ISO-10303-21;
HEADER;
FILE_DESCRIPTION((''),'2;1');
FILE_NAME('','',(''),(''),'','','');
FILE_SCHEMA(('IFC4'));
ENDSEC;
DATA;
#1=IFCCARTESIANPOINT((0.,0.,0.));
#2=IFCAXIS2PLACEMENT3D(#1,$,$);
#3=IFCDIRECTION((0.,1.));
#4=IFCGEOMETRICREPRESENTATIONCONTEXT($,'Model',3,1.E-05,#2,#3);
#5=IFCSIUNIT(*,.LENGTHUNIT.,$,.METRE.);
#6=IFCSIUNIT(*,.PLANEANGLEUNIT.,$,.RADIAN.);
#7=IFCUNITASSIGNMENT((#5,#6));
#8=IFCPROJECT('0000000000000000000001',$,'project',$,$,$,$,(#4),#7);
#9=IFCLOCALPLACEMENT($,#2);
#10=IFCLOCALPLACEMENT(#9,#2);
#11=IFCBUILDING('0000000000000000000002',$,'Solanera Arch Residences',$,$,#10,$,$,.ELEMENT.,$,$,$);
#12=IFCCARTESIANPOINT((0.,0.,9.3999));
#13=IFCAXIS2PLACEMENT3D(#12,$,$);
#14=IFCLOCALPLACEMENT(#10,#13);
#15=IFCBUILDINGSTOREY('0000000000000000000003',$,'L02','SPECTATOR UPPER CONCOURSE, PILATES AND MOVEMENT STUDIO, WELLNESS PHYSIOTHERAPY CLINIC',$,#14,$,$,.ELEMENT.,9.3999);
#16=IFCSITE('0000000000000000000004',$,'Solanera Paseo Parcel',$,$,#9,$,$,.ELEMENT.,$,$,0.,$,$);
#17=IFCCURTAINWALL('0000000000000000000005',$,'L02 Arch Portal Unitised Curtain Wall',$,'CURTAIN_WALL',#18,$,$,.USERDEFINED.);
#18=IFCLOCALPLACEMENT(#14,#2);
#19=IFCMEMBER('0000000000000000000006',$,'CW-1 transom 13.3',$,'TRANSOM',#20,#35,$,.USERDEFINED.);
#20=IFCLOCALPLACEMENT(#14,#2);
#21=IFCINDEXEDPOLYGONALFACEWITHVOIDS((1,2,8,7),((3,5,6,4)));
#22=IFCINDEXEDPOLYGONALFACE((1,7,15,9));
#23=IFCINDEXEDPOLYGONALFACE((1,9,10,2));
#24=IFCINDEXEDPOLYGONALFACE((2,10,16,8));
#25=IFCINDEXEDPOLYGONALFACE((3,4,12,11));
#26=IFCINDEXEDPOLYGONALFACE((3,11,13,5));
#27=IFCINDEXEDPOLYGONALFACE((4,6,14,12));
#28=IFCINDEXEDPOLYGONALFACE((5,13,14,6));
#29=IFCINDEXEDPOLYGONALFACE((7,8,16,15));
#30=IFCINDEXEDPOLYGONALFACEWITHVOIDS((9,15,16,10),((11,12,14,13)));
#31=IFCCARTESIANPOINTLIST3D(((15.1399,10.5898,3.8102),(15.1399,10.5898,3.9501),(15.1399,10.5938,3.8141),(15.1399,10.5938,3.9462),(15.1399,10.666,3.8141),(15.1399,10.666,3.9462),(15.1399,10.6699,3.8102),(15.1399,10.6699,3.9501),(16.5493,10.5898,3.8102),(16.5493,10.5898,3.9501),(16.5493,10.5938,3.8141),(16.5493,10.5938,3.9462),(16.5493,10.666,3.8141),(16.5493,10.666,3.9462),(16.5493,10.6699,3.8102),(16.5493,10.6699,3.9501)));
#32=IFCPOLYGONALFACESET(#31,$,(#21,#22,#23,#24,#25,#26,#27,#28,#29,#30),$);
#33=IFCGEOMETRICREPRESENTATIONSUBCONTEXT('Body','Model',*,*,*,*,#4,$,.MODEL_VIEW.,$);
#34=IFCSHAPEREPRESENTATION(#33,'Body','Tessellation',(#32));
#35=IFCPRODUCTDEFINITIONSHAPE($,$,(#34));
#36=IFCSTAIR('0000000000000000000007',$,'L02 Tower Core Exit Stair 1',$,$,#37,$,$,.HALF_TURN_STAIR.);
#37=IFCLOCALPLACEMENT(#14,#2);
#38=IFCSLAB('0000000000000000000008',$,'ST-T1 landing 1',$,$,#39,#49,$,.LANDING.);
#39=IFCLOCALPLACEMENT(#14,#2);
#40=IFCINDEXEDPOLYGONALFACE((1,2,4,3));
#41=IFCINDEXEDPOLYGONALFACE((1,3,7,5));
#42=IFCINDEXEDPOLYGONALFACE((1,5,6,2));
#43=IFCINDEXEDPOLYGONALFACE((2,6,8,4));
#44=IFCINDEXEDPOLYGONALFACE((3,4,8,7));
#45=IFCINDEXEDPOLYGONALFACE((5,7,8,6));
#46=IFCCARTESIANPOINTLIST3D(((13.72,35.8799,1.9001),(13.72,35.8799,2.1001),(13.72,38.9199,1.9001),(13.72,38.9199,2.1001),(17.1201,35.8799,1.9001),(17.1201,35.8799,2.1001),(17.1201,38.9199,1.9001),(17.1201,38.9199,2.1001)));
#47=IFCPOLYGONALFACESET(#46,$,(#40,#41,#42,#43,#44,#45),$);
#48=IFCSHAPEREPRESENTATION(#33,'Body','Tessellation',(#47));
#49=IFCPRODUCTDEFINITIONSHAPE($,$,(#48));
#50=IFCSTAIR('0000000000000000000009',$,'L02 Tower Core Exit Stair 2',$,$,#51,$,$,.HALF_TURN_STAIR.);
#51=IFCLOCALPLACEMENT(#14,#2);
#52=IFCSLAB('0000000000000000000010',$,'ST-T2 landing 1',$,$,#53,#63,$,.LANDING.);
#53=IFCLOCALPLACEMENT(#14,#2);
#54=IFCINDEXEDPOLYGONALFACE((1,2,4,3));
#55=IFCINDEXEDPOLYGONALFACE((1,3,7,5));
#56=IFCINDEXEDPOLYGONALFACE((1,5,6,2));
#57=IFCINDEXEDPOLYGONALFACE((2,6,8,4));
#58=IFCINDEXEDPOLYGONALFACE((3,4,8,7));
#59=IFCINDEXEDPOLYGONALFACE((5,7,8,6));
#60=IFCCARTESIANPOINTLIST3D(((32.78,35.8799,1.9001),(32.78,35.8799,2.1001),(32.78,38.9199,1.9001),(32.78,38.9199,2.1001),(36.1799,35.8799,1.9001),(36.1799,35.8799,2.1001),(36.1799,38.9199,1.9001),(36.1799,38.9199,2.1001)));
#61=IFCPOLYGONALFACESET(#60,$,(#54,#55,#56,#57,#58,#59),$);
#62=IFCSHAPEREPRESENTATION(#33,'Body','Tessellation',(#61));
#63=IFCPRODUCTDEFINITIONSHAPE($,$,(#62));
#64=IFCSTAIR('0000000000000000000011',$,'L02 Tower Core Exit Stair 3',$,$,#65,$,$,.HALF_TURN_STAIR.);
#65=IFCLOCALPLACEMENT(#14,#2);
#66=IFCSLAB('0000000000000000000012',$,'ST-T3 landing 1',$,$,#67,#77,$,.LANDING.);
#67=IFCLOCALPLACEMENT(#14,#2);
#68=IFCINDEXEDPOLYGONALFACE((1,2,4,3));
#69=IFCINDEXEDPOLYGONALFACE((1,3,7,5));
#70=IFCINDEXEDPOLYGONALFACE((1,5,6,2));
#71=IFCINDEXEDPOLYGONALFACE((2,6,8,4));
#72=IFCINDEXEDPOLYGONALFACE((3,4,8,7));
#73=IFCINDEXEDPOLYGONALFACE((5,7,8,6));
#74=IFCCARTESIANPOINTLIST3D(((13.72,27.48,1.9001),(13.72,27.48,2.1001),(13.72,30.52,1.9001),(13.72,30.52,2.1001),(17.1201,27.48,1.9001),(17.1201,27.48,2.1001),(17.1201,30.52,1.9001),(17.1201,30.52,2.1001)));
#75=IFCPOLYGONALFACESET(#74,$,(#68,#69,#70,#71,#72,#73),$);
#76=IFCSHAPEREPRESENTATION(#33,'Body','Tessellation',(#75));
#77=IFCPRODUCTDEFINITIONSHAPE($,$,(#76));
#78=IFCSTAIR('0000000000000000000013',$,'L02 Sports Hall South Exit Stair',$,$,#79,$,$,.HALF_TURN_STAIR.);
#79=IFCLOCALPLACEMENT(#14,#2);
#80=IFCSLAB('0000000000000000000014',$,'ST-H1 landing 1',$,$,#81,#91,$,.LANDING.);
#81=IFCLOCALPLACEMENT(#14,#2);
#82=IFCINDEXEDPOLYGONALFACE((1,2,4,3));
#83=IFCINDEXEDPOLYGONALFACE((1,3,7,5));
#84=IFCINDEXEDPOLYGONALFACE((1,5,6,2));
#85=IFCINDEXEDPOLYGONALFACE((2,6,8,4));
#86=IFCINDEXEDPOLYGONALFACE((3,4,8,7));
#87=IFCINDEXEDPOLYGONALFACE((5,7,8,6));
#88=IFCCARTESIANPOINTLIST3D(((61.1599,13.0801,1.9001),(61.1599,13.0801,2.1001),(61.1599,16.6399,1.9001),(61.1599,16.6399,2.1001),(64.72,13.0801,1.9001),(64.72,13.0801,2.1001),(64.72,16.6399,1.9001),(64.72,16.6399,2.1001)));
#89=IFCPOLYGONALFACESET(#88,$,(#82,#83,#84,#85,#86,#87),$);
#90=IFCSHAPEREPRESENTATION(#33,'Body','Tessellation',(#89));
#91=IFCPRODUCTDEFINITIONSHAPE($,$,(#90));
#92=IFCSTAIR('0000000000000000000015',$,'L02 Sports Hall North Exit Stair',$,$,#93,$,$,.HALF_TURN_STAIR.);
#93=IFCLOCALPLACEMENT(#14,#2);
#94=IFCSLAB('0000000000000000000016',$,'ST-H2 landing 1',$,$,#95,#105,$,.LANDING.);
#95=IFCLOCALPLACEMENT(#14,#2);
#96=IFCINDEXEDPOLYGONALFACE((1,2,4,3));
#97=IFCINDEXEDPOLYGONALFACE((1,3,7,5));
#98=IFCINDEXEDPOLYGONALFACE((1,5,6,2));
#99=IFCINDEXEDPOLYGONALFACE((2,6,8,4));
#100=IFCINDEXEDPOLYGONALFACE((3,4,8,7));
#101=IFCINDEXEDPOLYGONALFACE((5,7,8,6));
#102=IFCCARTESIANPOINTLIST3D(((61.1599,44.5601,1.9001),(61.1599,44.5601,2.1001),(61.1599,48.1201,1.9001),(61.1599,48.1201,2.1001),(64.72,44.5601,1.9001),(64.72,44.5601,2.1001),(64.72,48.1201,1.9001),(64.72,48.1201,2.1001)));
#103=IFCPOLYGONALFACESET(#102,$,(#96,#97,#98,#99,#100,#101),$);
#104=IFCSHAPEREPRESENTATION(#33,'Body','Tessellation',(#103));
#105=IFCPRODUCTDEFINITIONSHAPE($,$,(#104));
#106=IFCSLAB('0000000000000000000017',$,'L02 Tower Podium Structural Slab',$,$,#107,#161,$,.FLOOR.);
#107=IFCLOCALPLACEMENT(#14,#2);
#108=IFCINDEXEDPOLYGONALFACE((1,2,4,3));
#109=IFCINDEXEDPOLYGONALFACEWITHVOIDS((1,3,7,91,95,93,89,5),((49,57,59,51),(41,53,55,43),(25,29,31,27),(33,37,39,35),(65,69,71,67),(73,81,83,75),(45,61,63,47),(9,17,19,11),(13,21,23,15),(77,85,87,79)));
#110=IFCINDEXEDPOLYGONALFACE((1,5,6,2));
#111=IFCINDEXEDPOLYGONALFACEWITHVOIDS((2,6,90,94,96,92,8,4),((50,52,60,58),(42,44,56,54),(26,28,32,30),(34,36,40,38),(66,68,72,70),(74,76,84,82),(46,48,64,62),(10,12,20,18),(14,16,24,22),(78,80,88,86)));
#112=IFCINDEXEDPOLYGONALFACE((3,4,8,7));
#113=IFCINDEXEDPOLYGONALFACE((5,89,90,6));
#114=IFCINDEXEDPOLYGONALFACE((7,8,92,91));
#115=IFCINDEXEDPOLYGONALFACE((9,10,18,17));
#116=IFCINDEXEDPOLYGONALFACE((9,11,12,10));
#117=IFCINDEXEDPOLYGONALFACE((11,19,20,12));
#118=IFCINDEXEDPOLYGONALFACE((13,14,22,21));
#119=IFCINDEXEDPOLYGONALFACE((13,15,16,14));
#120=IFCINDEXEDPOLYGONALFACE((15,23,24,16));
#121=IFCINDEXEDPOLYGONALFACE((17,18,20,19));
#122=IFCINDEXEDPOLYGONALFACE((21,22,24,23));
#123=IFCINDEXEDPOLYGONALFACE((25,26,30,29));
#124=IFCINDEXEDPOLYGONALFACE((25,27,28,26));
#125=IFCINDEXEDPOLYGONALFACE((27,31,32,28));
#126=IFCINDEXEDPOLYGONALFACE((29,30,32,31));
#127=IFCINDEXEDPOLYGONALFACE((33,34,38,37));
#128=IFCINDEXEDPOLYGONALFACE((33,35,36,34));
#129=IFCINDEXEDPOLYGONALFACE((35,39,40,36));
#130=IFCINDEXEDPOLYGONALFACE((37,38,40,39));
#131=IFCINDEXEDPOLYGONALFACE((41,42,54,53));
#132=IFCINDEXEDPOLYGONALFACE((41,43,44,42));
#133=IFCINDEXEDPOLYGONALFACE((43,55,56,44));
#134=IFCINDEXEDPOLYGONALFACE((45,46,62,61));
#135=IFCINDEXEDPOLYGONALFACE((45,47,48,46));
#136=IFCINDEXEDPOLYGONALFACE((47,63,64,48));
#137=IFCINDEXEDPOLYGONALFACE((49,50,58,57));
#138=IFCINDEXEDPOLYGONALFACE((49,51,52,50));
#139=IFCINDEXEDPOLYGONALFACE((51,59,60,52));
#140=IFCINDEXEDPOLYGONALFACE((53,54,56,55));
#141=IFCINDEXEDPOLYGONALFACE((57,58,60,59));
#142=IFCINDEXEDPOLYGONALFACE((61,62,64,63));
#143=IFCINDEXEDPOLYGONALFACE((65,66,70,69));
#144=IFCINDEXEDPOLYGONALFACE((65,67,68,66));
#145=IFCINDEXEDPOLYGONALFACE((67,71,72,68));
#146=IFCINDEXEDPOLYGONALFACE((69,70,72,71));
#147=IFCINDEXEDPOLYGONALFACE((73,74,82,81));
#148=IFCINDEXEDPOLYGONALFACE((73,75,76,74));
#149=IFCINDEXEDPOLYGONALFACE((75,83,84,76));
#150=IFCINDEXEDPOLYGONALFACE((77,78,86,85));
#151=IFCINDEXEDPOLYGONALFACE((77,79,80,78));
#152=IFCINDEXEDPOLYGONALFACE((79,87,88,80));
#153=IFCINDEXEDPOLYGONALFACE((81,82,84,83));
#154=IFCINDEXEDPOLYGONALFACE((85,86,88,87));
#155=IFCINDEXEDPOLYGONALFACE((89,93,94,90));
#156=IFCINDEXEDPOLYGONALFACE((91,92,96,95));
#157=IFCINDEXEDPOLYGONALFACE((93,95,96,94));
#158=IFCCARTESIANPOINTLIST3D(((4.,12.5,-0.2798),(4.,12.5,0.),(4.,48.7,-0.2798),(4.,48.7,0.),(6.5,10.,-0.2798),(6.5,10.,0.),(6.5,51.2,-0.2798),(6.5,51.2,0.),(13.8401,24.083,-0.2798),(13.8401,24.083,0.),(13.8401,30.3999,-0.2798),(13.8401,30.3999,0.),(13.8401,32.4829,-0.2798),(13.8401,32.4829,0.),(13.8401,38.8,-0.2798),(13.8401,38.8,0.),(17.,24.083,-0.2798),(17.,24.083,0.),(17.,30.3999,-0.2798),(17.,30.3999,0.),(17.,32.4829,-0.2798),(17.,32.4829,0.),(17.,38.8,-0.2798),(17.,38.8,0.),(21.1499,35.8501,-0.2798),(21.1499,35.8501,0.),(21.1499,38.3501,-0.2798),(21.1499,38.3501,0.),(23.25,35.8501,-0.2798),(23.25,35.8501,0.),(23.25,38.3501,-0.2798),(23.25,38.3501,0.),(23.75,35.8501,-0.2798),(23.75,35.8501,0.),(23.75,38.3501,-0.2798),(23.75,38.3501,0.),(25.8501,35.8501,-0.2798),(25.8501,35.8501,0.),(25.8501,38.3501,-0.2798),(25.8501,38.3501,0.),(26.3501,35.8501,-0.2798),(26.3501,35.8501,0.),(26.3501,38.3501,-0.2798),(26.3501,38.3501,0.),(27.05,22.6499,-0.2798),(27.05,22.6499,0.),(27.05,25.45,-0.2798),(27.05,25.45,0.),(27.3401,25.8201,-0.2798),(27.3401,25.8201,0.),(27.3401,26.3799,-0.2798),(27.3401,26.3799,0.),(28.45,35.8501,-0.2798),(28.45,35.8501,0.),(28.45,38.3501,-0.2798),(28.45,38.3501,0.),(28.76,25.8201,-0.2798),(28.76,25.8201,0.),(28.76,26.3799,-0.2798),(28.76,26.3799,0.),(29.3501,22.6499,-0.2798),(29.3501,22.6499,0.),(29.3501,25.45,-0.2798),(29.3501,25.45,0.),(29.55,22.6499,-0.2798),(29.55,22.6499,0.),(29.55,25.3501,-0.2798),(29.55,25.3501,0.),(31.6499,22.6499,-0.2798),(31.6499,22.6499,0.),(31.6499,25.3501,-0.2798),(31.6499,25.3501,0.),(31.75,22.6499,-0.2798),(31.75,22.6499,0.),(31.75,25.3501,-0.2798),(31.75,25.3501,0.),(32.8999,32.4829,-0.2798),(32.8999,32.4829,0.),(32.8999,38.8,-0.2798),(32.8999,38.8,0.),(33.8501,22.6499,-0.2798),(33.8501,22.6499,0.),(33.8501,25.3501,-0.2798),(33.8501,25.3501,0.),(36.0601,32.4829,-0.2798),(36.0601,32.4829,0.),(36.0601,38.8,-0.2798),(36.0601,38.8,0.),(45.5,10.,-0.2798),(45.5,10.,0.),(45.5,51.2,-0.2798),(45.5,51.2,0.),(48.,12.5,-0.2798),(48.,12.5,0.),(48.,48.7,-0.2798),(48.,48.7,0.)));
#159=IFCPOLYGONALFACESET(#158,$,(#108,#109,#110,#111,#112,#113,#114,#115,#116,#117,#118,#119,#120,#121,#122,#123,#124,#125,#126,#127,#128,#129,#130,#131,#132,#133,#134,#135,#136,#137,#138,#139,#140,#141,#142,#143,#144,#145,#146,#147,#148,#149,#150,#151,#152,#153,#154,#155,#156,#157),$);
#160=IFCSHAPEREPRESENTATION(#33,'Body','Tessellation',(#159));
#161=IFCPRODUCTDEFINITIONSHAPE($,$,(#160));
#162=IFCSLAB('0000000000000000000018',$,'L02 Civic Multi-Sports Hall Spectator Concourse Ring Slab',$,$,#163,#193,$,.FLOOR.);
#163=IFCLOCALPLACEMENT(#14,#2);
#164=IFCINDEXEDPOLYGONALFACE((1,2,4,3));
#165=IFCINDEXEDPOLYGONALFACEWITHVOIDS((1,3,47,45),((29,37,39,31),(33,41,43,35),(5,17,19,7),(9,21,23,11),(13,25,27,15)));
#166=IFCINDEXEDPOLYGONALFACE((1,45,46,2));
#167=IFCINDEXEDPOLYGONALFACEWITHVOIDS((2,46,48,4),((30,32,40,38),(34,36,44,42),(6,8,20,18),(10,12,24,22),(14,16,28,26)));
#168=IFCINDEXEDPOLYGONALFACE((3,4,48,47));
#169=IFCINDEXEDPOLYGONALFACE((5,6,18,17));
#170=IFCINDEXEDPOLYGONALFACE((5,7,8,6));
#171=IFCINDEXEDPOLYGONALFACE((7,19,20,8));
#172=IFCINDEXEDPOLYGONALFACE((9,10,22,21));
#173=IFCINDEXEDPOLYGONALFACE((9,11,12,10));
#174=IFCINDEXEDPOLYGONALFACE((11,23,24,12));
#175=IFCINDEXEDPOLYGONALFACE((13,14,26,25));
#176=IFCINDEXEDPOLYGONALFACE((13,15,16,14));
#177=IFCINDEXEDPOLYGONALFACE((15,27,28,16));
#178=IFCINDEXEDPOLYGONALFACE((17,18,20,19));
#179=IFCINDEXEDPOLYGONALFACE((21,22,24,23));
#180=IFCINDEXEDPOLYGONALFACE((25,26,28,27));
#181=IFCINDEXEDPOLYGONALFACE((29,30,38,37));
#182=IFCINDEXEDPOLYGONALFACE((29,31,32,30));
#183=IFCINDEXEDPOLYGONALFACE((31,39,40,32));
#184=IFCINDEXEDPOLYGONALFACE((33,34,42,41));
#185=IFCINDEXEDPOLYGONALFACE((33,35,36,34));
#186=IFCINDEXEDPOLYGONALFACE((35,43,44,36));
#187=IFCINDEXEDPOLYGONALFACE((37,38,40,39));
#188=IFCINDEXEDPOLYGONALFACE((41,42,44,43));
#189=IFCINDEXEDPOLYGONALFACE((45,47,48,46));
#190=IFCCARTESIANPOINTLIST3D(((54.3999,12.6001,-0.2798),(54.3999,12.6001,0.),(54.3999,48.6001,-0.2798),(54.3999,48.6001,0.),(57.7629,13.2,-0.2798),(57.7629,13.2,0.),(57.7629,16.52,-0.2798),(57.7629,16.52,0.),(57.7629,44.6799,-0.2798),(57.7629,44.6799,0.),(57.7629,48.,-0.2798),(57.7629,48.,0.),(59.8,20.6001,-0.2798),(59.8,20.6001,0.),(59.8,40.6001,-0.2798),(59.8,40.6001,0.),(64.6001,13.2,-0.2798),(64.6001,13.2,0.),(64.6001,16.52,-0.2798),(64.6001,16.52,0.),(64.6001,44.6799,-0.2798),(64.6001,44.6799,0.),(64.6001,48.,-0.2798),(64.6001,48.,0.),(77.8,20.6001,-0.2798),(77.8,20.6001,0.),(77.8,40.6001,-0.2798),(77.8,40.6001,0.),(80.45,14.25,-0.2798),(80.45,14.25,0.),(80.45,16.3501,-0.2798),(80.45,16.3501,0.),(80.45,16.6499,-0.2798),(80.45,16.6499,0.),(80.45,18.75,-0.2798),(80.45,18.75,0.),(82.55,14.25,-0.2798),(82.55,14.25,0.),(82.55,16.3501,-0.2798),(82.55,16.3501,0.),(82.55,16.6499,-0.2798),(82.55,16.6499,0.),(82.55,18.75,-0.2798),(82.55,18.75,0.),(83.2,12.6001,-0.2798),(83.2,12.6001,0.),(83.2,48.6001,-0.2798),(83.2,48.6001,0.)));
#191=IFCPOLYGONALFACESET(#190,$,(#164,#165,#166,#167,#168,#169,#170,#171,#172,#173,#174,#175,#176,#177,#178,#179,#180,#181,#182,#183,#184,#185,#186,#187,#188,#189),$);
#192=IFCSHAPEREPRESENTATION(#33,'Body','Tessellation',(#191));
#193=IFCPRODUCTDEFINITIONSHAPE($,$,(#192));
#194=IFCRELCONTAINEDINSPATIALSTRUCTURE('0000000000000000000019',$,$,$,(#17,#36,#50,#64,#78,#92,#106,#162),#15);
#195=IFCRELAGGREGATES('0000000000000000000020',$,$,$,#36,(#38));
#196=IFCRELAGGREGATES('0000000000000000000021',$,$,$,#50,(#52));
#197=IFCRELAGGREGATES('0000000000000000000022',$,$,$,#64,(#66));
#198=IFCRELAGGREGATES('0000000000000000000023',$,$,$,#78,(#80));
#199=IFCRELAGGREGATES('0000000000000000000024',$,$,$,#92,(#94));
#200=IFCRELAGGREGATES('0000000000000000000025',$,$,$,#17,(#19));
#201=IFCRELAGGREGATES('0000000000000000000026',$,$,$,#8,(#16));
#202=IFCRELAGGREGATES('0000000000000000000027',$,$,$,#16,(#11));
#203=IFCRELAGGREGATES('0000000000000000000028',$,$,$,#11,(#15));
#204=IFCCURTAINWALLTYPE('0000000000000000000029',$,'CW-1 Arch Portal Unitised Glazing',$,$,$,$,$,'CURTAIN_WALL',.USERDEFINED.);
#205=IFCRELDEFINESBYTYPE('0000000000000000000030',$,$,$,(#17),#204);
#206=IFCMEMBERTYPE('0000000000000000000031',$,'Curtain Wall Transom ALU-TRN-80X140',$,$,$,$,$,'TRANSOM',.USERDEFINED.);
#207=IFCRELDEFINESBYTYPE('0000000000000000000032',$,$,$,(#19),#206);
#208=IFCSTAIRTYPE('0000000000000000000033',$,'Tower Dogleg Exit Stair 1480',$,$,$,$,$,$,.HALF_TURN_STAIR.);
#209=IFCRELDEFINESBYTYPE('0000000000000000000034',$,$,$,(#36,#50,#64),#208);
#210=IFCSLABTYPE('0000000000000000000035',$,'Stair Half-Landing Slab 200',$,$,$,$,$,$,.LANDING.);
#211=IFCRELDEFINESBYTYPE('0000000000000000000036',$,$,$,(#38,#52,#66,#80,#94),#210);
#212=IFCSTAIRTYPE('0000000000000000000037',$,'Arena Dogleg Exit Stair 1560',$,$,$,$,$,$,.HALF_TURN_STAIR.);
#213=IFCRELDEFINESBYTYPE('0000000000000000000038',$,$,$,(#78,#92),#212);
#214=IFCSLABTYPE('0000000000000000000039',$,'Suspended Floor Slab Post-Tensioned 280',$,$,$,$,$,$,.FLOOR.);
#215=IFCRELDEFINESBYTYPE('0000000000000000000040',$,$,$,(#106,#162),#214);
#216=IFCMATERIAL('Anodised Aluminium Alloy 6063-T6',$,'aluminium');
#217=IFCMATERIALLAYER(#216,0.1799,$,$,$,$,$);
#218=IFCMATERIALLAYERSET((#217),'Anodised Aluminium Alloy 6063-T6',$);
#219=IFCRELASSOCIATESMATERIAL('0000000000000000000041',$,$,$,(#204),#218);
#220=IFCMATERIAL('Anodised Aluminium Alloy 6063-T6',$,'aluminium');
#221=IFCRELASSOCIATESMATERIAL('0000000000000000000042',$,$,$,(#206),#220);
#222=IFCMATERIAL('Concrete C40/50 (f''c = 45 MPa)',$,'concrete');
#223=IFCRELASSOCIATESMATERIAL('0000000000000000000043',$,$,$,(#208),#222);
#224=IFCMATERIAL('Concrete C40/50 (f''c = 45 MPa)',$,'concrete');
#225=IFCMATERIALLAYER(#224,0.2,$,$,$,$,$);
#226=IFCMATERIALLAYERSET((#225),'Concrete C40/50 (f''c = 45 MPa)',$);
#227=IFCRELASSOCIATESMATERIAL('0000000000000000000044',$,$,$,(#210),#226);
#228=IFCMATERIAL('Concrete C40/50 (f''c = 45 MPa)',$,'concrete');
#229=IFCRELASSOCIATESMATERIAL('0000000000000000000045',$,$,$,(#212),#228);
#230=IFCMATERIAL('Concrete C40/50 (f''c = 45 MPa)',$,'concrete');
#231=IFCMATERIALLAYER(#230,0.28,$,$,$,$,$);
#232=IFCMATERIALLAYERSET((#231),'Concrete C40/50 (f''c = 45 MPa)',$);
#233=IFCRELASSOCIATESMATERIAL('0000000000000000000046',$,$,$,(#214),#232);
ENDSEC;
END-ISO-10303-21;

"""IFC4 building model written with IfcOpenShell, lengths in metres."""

from ifc_helpers import new_model, si_unit, direction, frame, origin, origin_2d, place, context, subcontext, project, spatial, polyline, hollow_rectangle, outline, extrude, material, layer, layer_set, material_profile, profile_set, type_object, element, aggregate, save


model = new_model("IFC4")

# Units and contexts
model_context = context("Model", 3, precision=1e-05, world=origin(), true_north=direction((0.0, 1.0)))
body_context = subcontext(model_context, "Body", "Model", "MODEL_VIEW")
ifc_project = project(units=[si_unit("LENGTHUNIT", "METRE"), si_unit("PLANEANGLEUNIT", "RADIAN")], contexts=[model_context])

# Site, building, storey
site_placement = place(None, origin())
site = spatial("IfcSite", under=ifc_project, at=site_placement, Name="Solanera Paseo Parcel", CompositionType="ELEMENT", RefElevation=0.0)
building_placement = place(site_placement, origin())
building = spatial("IfcBuilding", under=site, at=building_placement, Name="Solanera Arch Residences", CompositionType="ELEMENT")
storey_placement = place(building_placement, frame((0.0, 0.0, 9.3999)))
storey = spatial("IfcBuildingStorey", under=building, at=storey_placement, Name="L02", Description="SPECTATOR UPPER CONCOURSE, PILATES AND MOVEMENT STUDIO, WELLNESS PHYSIOTHERAPY CLINIC", CompositionType="ELEMENT", Elevation=9.3999)

# Curtain wall, member
ifc_material_1 = material(Name="Anodised Aluminium Alloy 6063-T6", Category="aluminium")
ifc_layer_1 = layer(ifc_material_1, 0.1799)
ifc_layer_set_1 = layer_set([ifc_layer_1], Name="Anodised Aluminium Alloy 6063-T6")
curtain_wall_type = type_object("IfcCurtainWallType", Name="CW-1 Arch Portal Unitised Glazing", ElementType="CURTAIN_WALL", PredefinedType="USERDEFINED", material=ifc_layer_set_1)
curtain_wall_placement = place(storey_placement, origin())
curtain_wall = element("IfcCurtainWall", 1, at=curtain_wall_placement, inside=storey, type_object=curtain_wall_type, Name="L02 Arch Portal Unitised Curtain Wall", ObjectType="CURTAIN_WALL", PredefinedType="USERDEFINED")
ifc_material_2 = material(Name="Anodised Aluminium Alloy 6063-T6", Category="aluminium")
ifc_material_profile_1 = material_profile(ifc_material_2, hollow_rectangle(XDim=0.0801, YDim=0.1399, WallThickness=0.0039, at=origin_2d()))
ifc_profile_set_1 = profile_set([ifc_material_profile_1], Name="Anodised Aluminium Alloy 6063-T6")
member_type_1 = type_object("IfcMemberType", Name="Curtain Wall Transom ALU-TRN-80X140", ElementType="TRANSOM", PredefinedType="USERDEFINED", material=ifc_profile_set_1)
member_1_placement = place(storey_placement, frame((16.5493, 10.6299, 3.8801), z_axis=(-1.0, 0.0, 0.0), x_axis=(0.0, -1.0, 0.0)))
member_1 = element("IfcMember", 2, at=member_1_placement, type_object=member_type_1, Name="CW-1 transom 13.3", ObjectType="TRANSOM", PredefinedType="USERDEFINED", context=body_context, shape_type="SweptSolid", body=[
    extrude(hollow_rectangle(XDim=0.0801, YDim=0.1399, WallThickness=0.0039, at=origin_2d()), origin(), (0.0, 0.0, 1.0), 1.4094),
])

# Stairs, slabs
ifc_material_3 = material(Name="Concrete C40/50 (f'c = 45 MPa)", Category="concrete")
stair_type_1 = type_object("IfcStairType", Name="Tower Dogleg Exit Stair 1480", PredefinedType="HALF_TURN_STAIR", material=ifc_material_3)
stair_1_placement = place(storey_placement, origin())
stair_1 = element("IfcStair", 3, at=stair_1_placement, inside=storey, type_object=stair_type_1, Name="L02 Tower Core Exit Stair 1", PredefinedType="HALF_TURN_STAIR")
ifc_material_4 = material(Name="Concrete C40/50 (f'c = 45 MPa)", Category="concrete")
ifc_layer_2 = layer(ifc_material_4, 0.2)
ifc_layer_set_2 = layer_set([ifc_layer_2], Name="Concrete C40/50 (f'c = 45 MPa)")
slab_type_1 = type_object("IfcSlabType", Name="Stair Half-Landing Slab 200", PredefinedType="LANDING", material=ifc_layer_set_2)
slab_1_placement = place(storey_placement, frame((0.0, 0.0, 1.9001)))
slab_1 = element("IfcSlab", 4, at=slab_1_placement, type_object=slab_type_1, Name="ST-T1 landing 1", PredefinedType="LANDING", context=body_context, shape_type="SweptSolid", body=[
    extrude(outline(polyline([(17.1201, 35.8799), (17.1201, 38.9199), (13.72, 38.9199), (13.72, 35.8799), (17.1201, 35.8799)])), origin(), (0.0, 0.0, 1.0), 0.2),
])
aggregate(stair_1, [slab_1])
stair_2_placement = place(storey_placement, origin())
stair_2 = element("IfcStair", 5, at=stair_2_placement, inside=storey, type_object=stair_type_1, Name="L02 Tower Core Exit Stair 2", PredefinedType="HALF_TURN_STAIR")
slab_2_placement = place(storey_placement, frame((0.0, 0.0, 1.9001)))
slab_2 = element("IfcSlab", 6, at=slab_2_placement, type_object=slab_type_1, Name="ST-T2 landing 1", PredefinedType="LANDING", context=body_context, shape_type="SweptSolid", body=[
    extrude(outline(polyline([(36.1799, 35.8799), (36.1799, 38.9199), (32.78, 38.9199), (32.78, 35.8799), (36.1799, 35.8799)])), origin(), (0.0, 0.0, 1.0), 0.2),
])
aggregate(stair_2, [slab_2])
stair_3_placement = place(storey_placement, origin())
stair_3 = element("IfcStair", 7, at=stair_3_placement, inside=storey, type_object=stair_type_1, Name="L02 Tower Core Exit Stair 3", PredefinedType="HALF_TURN_STAIR")
slab_3_placement = place(storey_placement, frame((0.0, 0.0, 1.9001)))
slab_3 = element("IfcSlab", 8, at=slab_3_placement, type_object=slab_type_1, Name="ST-T3 landing 1", PredefinedType="LANDING", context=body_context, shape_type="SweptSolid", body=[
    extrude(outline(polyline([(17.1201, 27.48), (17.1201, 30.52), (13.72, 30.52), (13.72, 27.48), (17.1201, 27.48)])), origin(), (0.0, 0.0, 1.0), 0.2),
])
aggregate(stair_3, [slab_3])
ifc_material_5 = material(Name="Concrete C40/50 (f'c = 45 MPa)", Category="concrete")
stair_type_2 = type_object("IfcStairType", Name="Arena Dogleg Exit Stair 1560", PredefinedType="HALF_TURN_STAIR", material=ifc_material_5)
stair_4_placement = place(storey_placement, origin())
stair_4 = element("IfcStair", 9, at=stair_4_placement, inside=storey, type_object=stair_type_2, Name="L02 Sports Hall South Exit Stair", PredefinedType="HALF_TURN_STAIR")
slab_4_placement = place(storey_placement, frame((0.0, 0.0, 1.9001)))
slab_4 = element("IfcSlab", 10, at=slab_4_placement, type_object=slab_type_1, Name="ST-H1 landing 1", PredefinedType="LANDING", context=body_context, shape_type="SweptSolid", body=[
    extrude(outline(polyline([(61.1599, 13.0801), (64.72, 13.0801), (64.72, 16.6399), (61.1599, 16.6399), (61.1599, 13.0801)])), origin(), (0.0, 0.0, 1.0), 0.2),
])
aggregate(stair_4, [slab_4])
stair_5_placement = place(storey_placement, origin())
stair_5 = element("IfcStair", 11, at=stair_5_placement, inside=storey, type_object=stair_type_2, Name="L02 Sports Hall North Exit Stair", PredefinedType="HALF_TURN_STAIR")
slab_5_placement = place(storey_placement, frame((0.0, 0.0, 1.9001)))
slab_5 = element("IfcSlab", 12, at=slab_5_placement, type_object=slab_type_1, Name="ST-H2 landing 1", PredefinedType="LANDING", context=body_context, shape_type="SweptSolid", body=[
    extrude(outline(polyline([(61.1599, 44.5601), (64.72, 44.5601), (64.72, 48.1201), (61.1599, 48.1201), (61.1599, 44.5601)])), origin(), (0.0, 0.0, 1.0), 0.2),
])
aggregate(stair_5, [slab_5])

# Slabs
ifc_material_6 = material(Name="Concrete C40/50 (f'c = 45 MPa)", Category="concrete")
ifc_layer_3 = layer(ifc_material_6, 0.28)
ifc_layer_set_3 = layer_set([ifc_layer_3], Name="Concrete C40/50 (f'c = 45 MPa)")
slab_type_2 = type_object("IfcSlabType", Name="Suspended Floor Slab Post-Tensioned 280", PredefinedType="FLOOR", material=ifc_layer_set_3)
slab_6_placement = place(storey_placement, frame((0.0, 0.0, -0.2798)))
element("IfcSlab", 13, at=slab_6_placement, inside=storey, type_object=slab_type_2, Name="L02 Tower Podium Structural Slab", PredefinedType="FLOOR", context=body_context, shape_type="SweptSolid", body=[
    extrude(outline(polyline([(6.5, 10.0), (45.5, 10.0), (48.0, 12.5), (48.0, 48.7), (45.5, 51.2), (6.5, 51.2), (4.0, 48.7), (4.0, 12.5), (6.5, 10.0)]), holes=[polyline([(13.8401, 32.4829), (13.8401, 38.8), (17.0, 38.8), (17.0, 32.4829), (13.8401, 32.4829)]), polyline([(32.8999, 32.4829), (32.8999, 38.8), (36.0601, 38.8), (36.0601, 32.4829), (32.8999, 32.4829)]), polyline([(13.8401, 24.083), (13.8401, 30.3999), (17.0, 30.3999), (17.0, 24.083), (13.8401, 24.083)]), polyline([(21.1499, 38.3501), (23.25, 38.3501), (23.25, 35.8501), (21.1499, 35.8501), (21.1499, 38.3501)]), polyline([(23.75, 38.3501), (25.8501, 38.3501), (25.8501, 35.8501), (23.75, 35.8501), (23.75, 38.3501)]), polyline([(26.3501, 38.3501), (28.45, 38.3501), (28.45, 35.8501), (26.3501, 35.8501), (26.3501, 38.3501)]), polyline([(29.55, 25.3501), (31.6499, 25.3501), (31.6499, 22.6499), (29.55, 22.6499), (29.55, 25.3501)]), polyline([(31.75, 25.3501), (33.8501, 25.3501), (33.8501, 22.6499), (31.75, 22.6499), (31.75, 25.3501)]), polyline([(27.05, 25.45), (29.3501, 25.45), (29.3501, 22.6499), (27.05, 22.6499), (27.05, 25.45)]), polyline([(27.3401, 26.3799), (28.76, 26.3799), (28.76, 25.8201), (27.3401, 25.8201), (27.3401, 26.3799)])]), origin(), (0.0, 0.0, 1.0), 0.2798),
])
slab_7_placement = place(storey_placement, frame((0.0, 0.0, -0.2798)))
element("IfcSlab", 14, at=slab_7_placement, inside=storey, type_object=slab_type_2, Name="L02 Civic Multi-Sports Hall Spectator Concourse Ring Slab", PredefinedType="FLOOR", context=body_context, shape_type="SweptSolid", body=[
    extrude(outline(polyline([(54.3999, 12.6001), (83.2, 12.6001), (83.2, 48.6001), (54.3999, 48.6001), (54.3999, 12.6001)]), holes=[polyline([(57.7629, 16.52), (64.6001, 16.52), (64.6001, 13.2), (57.7629, 13.2), (57.7629, 16.52)]), polyline([(57.7629, 48.0), (64.6001, 48.0), (64.6001, 44.6799), (57.7629, 44.6799), (57.7629, 48.0)]), polyline([(80.45, 16.3501), (82.55, 16.3501), (82.55, 14.25), (80.45, 14.25), (80.45, 16.3501)]), polyline([(80.45, 18.75), (82.55, 18.75), (82.55, 16.6499), (80.45, 16.6499), (80.45, 18.75)]), polyline([(59.8, 40.6001), (77.8, 40.6001), (77.8, 20.6001), (59.8, 20.6001), (59.8, 40.6001)])]), origin(), (0.0, 0.0, 1.0), 0.2798),
])

aggregate(curtain_wall, [member_1])

save(model, "model.ifc")
